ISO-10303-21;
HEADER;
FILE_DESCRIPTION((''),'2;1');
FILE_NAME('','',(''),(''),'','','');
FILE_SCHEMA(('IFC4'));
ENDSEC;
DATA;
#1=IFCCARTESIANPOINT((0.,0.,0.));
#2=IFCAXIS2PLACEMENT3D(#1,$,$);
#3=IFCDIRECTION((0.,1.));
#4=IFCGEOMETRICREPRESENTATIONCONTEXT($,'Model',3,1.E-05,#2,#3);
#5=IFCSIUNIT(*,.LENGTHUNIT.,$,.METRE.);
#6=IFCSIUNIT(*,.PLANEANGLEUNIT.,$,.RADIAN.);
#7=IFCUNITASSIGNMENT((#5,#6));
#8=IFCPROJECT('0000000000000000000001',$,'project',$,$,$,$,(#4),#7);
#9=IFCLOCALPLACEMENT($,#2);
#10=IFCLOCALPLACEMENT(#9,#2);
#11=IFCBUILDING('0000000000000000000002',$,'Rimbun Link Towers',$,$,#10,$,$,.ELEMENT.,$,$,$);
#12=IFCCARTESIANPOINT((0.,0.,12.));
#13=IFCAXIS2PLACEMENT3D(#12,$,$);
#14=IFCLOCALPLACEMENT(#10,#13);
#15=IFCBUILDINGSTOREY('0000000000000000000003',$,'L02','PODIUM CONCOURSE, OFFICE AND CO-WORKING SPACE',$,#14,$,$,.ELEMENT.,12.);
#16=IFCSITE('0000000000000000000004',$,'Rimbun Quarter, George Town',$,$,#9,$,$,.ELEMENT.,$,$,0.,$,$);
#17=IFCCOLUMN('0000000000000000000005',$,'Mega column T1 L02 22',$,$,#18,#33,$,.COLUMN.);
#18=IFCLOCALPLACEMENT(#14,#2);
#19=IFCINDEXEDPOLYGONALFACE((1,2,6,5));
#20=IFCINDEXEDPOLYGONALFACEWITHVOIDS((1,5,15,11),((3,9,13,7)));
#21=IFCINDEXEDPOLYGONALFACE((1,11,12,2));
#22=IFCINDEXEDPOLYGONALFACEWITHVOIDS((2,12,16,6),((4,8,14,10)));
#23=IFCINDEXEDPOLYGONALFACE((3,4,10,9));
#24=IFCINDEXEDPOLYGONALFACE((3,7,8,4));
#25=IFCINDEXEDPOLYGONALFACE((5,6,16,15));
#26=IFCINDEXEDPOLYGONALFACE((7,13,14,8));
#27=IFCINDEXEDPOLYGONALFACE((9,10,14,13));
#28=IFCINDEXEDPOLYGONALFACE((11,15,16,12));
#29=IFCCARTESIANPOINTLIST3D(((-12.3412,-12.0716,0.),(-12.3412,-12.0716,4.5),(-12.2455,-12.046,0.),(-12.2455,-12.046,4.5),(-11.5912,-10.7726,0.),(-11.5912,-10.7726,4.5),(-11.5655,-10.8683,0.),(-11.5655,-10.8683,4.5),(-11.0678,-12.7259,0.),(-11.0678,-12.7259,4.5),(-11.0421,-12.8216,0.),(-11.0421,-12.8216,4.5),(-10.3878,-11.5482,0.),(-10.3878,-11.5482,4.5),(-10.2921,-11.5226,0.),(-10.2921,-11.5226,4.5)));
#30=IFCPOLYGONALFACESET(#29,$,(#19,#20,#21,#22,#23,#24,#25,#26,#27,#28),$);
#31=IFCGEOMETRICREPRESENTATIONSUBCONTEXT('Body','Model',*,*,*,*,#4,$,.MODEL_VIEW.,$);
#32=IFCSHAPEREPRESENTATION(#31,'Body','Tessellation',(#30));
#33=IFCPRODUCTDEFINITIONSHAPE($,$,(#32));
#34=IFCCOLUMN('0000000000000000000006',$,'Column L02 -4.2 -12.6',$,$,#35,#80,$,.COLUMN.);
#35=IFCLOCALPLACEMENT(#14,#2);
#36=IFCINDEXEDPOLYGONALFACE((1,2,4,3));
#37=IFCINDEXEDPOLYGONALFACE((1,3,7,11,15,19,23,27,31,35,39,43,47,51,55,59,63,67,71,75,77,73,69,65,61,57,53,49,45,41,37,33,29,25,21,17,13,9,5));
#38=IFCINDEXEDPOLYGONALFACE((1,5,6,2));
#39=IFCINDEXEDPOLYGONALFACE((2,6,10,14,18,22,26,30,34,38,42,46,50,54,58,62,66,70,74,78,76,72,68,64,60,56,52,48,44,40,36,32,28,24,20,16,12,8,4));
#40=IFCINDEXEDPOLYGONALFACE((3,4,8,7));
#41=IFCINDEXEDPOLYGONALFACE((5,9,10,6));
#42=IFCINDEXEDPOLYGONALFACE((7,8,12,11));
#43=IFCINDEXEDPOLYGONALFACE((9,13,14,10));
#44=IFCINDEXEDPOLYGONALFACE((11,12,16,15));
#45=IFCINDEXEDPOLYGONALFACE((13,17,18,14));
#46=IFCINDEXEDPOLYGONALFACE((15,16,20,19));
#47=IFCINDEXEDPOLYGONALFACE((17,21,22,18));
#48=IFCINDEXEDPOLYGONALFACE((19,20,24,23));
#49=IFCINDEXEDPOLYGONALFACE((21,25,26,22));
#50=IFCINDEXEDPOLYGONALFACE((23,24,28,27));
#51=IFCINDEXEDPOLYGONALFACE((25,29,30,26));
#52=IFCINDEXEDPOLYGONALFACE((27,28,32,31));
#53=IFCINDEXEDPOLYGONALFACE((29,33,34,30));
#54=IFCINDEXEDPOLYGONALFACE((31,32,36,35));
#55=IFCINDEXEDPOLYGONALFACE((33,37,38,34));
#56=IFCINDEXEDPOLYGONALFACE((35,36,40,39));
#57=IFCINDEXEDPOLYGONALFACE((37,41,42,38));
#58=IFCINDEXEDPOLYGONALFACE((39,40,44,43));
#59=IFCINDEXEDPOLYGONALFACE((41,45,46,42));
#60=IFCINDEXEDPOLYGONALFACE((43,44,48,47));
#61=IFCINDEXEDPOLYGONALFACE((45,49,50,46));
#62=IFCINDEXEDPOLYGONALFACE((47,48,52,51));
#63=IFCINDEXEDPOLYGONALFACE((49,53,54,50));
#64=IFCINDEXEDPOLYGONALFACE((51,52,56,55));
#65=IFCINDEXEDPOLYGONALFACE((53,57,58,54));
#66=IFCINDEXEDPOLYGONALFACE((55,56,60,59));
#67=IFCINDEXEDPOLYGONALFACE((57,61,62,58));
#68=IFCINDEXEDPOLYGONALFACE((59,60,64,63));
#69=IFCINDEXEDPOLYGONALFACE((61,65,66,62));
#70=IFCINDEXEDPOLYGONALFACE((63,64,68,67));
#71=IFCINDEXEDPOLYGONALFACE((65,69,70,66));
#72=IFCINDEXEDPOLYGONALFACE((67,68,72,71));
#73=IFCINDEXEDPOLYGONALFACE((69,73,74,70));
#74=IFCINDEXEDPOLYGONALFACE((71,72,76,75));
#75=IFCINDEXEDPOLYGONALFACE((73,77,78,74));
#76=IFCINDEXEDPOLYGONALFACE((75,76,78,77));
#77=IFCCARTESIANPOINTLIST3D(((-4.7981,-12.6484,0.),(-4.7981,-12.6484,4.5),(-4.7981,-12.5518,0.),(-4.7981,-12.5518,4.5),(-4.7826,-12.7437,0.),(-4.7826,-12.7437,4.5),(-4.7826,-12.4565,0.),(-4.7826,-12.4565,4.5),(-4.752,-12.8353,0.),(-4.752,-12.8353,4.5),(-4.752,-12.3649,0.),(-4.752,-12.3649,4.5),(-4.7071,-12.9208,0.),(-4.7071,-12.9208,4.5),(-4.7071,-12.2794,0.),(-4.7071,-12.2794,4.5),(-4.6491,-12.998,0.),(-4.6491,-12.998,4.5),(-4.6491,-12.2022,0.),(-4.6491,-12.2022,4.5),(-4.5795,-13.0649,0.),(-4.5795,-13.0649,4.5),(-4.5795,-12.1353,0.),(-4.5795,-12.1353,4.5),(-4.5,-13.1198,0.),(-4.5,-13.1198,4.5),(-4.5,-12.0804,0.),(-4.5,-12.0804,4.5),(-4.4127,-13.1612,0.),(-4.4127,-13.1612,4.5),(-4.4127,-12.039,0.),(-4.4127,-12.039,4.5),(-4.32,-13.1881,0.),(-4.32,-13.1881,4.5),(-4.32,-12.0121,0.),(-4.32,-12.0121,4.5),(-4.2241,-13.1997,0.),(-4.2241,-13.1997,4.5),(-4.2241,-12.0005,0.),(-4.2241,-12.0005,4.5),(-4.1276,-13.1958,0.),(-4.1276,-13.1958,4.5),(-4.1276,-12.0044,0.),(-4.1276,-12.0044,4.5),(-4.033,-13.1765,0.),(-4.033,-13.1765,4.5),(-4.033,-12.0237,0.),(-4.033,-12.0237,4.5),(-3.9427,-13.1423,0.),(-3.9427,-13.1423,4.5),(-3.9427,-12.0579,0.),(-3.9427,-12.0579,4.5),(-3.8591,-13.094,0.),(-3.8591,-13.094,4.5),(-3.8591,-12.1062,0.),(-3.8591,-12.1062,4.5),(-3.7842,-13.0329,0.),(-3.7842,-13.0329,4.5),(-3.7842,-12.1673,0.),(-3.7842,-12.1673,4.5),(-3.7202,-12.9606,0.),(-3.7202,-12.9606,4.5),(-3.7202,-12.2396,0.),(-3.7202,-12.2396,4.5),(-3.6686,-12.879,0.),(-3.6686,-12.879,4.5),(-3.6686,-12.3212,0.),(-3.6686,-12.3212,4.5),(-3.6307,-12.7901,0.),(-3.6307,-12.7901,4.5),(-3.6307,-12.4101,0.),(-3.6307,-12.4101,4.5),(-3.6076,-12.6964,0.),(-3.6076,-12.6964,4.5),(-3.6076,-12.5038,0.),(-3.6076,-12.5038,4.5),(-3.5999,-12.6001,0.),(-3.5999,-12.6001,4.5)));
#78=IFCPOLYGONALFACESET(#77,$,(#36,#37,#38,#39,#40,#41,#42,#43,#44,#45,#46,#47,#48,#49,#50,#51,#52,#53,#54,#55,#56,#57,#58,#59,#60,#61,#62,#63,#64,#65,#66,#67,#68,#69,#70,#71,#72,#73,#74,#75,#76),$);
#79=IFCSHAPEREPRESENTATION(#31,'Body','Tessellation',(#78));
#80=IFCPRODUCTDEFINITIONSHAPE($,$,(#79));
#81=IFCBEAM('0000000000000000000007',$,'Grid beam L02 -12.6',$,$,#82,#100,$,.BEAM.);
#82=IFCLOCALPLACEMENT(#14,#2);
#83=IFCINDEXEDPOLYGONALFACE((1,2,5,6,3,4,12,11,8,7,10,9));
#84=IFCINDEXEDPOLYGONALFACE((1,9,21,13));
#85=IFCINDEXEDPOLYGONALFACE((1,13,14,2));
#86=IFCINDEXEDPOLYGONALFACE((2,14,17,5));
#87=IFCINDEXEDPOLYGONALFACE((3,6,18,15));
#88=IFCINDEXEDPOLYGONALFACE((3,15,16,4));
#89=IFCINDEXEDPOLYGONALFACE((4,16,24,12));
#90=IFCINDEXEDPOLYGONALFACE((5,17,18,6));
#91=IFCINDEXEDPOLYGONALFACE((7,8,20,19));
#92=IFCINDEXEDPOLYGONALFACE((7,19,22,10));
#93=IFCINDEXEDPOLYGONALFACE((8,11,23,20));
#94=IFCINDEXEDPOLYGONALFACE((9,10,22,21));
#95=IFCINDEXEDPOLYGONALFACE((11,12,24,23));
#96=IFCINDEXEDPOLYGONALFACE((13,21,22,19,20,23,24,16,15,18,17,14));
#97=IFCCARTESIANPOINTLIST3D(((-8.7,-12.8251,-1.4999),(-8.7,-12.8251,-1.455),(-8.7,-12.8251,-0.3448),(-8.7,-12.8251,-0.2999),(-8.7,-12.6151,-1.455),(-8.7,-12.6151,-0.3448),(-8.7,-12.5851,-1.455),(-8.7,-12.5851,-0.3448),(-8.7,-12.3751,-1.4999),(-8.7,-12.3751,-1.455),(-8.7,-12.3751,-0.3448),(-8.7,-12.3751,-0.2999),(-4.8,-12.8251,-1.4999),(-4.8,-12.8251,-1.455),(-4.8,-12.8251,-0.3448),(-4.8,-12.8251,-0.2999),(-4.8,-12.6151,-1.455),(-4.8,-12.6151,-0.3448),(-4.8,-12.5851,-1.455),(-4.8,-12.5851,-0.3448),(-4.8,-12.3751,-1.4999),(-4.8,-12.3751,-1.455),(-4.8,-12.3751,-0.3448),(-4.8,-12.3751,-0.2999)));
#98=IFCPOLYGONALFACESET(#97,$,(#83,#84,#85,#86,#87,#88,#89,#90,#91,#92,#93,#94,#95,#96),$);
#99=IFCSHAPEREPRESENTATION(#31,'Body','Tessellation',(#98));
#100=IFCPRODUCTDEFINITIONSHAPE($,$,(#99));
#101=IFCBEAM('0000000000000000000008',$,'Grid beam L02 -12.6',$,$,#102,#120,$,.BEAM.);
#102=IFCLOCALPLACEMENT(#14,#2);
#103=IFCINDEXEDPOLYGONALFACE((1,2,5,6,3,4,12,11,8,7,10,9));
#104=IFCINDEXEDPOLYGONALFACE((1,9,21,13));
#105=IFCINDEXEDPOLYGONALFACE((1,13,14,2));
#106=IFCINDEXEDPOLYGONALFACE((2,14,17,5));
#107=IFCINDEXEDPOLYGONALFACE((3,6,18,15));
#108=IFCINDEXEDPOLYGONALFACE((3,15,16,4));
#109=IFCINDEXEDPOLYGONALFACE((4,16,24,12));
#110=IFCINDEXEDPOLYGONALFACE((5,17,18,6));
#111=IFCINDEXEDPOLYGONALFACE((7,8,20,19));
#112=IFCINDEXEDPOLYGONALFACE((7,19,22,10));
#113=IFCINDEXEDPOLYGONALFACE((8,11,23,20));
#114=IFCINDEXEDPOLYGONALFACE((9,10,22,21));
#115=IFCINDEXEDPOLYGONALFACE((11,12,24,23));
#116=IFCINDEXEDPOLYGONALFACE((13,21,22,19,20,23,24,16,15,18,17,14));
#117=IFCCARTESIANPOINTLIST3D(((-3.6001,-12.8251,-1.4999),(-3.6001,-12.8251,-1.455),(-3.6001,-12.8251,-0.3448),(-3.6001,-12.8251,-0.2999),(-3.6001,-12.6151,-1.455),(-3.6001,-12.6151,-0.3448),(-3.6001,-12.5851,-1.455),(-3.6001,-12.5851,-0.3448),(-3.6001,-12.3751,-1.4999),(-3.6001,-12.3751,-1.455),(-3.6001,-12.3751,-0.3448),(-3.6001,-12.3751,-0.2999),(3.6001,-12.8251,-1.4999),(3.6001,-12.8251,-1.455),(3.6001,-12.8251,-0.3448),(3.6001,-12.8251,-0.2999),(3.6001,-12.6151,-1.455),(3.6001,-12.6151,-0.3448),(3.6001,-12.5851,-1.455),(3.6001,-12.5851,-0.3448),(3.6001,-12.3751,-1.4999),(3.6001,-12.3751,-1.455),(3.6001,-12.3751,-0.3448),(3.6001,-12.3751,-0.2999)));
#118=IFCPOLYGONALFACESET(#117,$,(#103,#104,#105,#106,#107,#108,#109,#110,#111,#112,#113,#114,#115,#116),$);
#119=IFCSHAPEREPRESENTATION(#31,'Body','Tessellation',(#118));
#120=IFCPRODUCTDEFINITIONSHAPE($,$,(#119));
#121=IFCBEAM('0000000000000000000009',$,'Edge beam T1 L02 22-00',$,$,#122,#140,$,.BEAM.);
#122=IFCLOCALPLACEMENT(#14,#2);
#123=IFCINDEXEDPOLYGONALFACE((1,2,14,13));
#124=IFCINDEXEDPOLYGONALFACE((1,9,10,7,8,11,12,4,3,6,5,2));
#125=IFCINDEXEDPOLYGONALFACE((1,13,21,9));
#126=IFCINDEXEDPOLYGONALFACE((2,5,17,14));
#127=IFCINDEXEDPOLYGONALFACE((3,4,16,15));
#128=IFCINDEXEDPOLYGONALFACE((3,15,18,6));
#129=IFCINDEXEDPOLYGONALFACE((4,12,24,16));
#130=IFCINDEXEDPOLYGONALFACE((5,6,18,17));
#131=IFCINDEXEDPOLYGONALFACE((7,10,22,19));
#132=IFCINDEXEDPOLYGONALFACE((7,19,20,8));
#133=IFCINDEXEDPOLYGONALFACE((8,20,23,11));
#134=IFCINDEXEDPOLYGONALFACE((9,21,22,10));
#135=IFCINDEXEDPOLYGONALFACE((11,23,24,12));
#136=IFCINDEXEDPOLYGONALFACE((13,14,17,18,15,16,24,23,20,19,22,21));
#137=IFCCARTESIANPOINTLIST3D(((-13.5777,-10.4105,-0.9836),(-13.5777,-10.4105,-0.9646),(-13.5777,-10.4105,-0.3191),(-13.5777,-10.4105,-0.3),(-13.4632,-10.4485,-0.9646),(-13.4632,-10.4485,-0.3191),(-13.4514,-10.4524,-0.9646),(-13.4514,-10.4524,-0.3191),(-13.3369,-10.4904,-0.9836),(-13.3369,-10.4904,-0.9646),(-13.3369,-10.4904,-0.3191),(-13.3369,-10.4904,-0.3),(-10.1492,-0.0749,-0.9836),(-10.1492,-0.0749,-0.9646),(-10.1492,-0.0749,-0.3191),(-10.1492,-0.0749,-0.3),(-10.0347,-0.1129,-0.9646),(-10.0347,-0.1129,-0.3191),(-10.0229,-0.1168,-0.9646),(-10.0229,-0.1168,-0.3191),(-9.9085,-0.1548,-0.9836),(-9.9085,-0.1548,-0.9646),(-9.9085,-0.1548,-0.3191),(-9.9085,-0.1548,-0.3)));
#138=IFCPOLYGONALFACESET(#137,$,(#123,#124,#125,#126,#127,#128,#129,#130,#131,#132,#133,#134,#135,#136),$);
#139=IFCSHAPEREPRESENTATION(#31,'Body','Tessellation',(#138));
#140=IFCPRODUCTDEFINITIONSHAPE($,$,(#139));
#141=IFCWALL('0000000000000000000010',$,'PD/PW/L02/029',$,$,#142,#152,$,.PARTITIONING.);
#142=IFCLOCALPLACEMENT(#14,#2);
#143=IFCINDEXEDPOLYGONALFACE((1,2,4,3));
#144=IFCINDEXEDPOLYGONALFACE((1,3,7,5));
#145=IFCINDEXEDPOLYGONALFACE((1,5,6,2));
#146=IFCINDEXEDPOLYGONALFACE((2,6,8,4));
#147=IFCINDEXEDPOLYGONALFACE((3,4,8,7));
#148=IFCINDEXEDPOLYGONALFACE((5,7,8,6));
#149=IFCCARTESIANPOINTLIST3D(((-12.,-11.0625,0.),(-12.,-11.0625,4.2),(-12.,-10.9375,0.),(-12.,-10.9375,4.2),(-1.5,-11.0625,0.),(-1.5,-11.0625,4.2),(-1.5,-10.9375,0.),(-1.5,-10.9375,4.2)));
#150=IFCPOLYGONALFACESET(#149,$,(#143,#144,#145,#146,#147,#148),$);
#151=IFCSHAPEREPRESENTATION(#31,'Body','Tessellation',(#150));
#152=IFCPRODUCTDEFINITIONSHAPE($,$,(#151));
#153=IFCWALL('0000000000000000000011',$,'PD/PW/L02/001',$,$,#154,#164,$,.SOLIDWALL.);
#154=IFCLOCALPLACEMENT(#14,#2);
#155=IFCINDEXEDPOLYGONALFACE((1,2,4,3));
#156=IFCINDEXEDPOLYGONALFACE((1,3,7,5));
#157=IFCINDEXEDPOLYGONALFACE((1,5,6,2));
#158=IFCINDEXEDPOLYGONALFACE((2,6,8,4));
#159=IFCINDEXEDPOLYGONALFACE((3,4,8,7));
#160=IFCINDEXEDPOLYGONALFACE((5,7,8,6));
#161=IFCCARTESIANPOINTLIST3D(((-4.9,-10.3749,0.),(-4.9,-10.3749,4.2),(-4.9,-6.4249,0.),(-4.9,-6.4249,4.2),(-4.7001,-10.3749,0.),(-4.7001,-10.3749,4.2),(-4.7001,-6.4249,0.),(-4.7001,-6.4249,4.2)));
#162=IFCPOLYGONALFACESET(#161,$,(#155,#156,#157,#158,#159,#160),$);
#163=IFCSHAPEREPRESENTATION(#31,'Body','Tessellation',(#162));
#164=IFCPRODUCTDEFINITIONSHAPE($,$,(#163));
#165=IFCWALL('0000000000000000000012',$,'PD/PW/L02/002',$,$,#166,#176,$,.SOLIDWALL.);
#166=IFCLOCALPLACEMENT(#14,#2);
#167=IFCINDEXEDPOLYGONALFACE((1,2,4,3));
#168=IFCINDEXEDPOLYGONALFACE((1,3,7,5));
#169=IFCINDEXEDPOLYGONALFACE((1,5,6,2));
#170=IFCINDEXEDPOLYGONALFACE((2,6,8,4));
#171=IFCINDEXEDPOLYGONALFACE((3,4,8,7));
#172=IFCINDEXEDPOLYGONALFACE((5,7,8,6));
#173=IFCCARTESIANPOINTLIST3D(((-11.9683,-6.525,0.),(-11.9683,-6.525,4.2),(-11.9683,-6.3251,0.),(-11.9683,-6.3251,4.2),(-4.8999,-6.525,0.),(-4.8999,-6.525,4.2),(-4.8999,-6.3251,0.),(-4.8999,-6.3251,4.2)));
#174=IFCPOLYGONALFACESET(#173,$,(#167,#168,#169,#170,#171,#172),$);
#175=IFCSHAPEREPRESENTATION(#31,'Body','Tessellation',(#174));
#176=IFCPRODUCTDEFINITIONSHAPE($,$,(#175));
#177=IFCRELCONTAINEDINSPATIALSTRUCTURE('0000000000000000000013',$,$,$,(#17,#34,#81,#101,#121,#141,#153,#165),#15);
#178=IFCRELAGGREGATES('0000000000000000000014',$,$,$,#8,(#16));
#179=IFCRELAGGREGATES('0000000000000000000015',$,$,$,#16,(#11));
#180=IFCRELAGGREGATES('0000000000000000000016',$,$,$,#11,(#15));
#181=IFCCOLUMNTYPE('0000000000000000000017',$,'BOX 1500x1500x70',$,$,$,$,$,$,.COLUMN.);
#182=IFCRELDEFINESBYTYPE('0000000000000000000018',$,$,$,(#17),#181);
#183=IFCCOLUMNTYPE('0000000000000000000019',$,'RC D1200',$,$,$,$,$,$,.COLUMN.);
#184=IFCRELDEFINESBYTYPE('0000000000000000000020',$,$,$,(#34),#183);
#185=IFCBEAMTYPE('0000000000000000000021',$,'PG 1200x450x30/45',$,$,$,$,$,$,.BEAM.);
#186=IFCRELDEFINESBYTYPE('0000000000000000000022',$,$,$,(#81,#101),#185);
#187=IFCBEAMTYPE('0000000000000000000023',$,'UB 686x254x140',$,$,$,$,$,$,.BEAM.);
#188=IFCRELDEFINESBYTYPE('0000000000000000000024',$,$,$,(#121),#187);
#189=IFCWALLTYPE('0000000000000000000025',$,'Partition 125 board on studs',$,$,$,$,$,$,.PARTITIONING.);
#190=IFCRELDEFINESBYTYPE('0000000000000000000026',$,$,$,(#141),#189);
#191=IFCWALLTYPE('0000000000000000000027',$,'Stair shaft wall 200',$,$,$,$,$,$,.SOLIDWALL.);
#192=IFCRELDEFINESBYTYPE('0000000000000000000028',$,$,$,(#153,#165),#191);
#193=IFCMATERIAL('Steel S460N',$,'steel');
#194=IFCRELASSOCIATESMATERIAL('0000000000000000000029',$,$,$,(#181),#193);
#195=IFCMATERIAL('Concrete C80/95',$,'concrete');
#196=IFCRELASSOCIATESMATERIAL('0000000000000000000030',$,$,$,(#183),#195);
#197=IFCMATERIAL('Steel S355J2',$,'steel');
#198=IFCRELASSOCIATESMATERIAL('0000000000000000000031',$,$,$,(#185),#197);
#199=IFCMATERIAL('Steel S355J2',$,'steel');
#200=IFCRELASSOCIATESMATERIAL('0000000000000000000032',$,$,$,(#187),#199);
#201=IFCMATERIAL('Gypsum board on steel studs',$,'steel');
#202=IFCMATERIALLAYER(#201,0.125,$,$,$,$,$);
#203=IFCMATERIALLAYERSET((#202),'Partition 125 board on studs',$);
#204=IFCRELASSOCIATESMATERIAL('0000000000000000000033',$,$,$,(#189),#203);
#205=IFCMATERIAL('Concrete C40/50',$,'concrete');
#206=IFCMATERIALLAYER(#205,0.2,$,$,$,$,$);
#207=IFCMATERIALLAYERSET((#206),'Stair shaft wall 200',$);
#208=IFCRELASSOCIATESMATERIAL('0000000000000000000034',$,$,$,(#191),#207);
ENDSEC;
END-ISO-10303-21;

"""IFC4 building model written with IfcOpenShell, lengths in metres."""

from ifc_helpers import new_model, si_unit, direction, frame, frame_2d, origin, origin_2d, place, context, subcontext, project, spatial, rectangle, hollow_rectangle, circle, i_section, extrude, material, layer, layer_set, material_profile, profile_set, type_object, element, save


model = new_model("IFC4")

# Units and contexts
model_context = context("Model", 3, precision=1e-05, world=origin(), true_north=direction((0.0, 1.0)))
body_context = subcontext(model_context, "Body", "Model", "MODEL_VIEW")
ifc_project = project(units=[si_unit("LENGTHUNIT", "METRE"), si_unit("PLANEANGLEUNIT", "RADIAN")], contexts=[model_context])

# Site, building, storey
site_placement = place(None, origin())
site = spatial("IfcSite", under=ifc_project, at=site_placement, Name="Rimbun Quarter, George Town", CompositionType="ELEMENT", RefElevation=0.0)
building_placement = place(site_placement, origin())
building = spatial("IfcBuilding", under=site, at=building_placement, Name="Rimbun Link Towers", CompositionType="ELEMENT")
storey_placement = place(building_placement, frame((0.0, 0.0, 12.0)))
storey = spatial("IfcBuildingStorey", under=building, at=storey_placement, Name="L02", Description="PODIUM CONCOURSE, OFFICE AND CO-WORKING SPACE", CompositionType="ELEMENT", Elevation=12.0)

# Columns
ifc_material_1 = material(Name="Steel S460N", Category="steel")
ifc_material_profile_1 = material_profile(ifc_material_1, hollow_rectangle(XDim=1.5, YDim=1.5, WallThickness=0.0701, at=origin_2d()), Name="BOX 1500x1500x70")
ifc_profile_set_1 = profile_set([ifc_material_profile_1], Name="Steel S460N")
column_type_1 = type_object("IfcColumnType", Name="BOX 1500x1500x70", PredefinedType="COLUMN", material=ifc_profile_set_1)
column_1_placement = place(storey_placement, frame((-11.3167, -11.7971, 0.0), z_axis=(0.0, 0.0, 1.0), x_axis=(0.866025, -0.5, 0.0)))
element("IfcColumn", 1, at=column_1_placement, inside=storey, type_object=column_type_1, Name="Mega column T1 L02 22", PredefinedType="COLUMN", context=body_context, shape_type="SweptSolid", body=[
    extrude(hollow_rectangle(XDim=1.5, YDim=1.5, WallThickness=0.0701, at=origin_2d()), origin(), (0.0, 0.0, 1.0), 4.5),
])
ifc_material_2 = material(Name="Concrete C80/95", Category="concrete")
ifc_material_profile_2 = material_profile(ifc_material_2, circle(Radius=0.6001, at=origin_2d()), Name="RC D1200")
ifc_profile_set_2 = profile_set([ifc_material_profile_2], Name="Concrete C80/95")
column_type_2 = type_object("IfcColumnType", Name="RC D1200", PredefinedType="COLUMN", material=ifc_profile_set_2)
column_2_placement = place(storey_placement, frame((-4.2, -12.6001, 0.0), z_axis=(0.0, 0.0, 1.0), x_axis=(1.0, 0.0, 0.0)))
element("IfcColumn", 2, at=column_2_placement, inside=storey, type_object=column_type_2, Name="Column L02 -4.2 -12.6", PredefinedType="COLUMN", context=body_context, shape_type="SweptSolid", body=[
    extrude(circle(Radius=0.6001, at=origin_2d()), origin(), (0.0, 0.0, 1.0), 4.5),
])

# Beams
ifc_material_3 = material(Name="Steel S355J2", Category="steel")
ifc_material_profile_3 = material_profile(ifc_material_3, i_section(OverallWidth=0.45, OverallDepth=1.2, WebThickness=0.03, FlangeThickness=0.0449, at=origin_2d()), Name="PG 1200x450x30/45")
ifc_profile_set_3 = profile_set([ifc_material_profile_3], Name="Steel S355J2")
beam_type_1 = type_object("IfcBeamType", Name="PG 1200x450x30/45", PredefinedType="BEAM", material=ifc_profile_set_3)
beam_1_placement = place(storey_placement, frame((-8.7, -12.6001, -0.8999), z_axis=(1.0, 0.0, 0.0), x_axis=(0.0, 1.0, 0.0)))
element("IfcBeam", 3, at=beam_1_placement, inside=storey, type_object=beam_type_1, Name="Grid beam L02 -12.6", PredefinedType="BEAM", context=body_context, shape_type="SweptSolid", body=[
    extrude(i_section(OverallWidth=0.45, OverallDepth=1.2, WebThickness=0.03, FlangeThickness=0.0449, at=origin_2d()), origin(), (0.0, 0.0, 1.0), 3.8999),
])
beam_2_placement = place(storey_placement, frame((-3.6001, -12.6001, -0.8999), z_axis=(1.0, 0.0, 0.0), x_axis=(0.0, 1.0, 0.0)))
element("IfcBeam", 4, at=beam_2_placement, inside=storey, type_object=beam_type_1, Name="Grid beam L02 -12.6", PredefinedType="BEAM", context=body_context, shape_type="SweptSolid", body=[
    extrude(i_section(OverallWidth=0.45, OverallDepth=1.2, WebThickness=0.03, FlangeThickness=0.0449, at=origin_2d()), origin(), (0.0, 0.0, 1.0), 7.2002),
])
ifc_material_4 = material(Name="Steel S355J2", Category="steel")
ifc_material_profile_4 = material_profile(ifc_material_4, i_section(OverallWidth=0.2537, OverallDepth=0.6836, WebThickness=0.0125, FlangeThickness=0.019, at=origin_2d()), Name="UB 686x254x140")
ifc_profile_set_4 = profile_set([ifc_material_profile_4], Name="Steel S355J2")
beam_type_2 = type_object("IfcBeamType", Name="UB 686x254x140", PredefinedType="BEAM", material=ifc_profile_set_4)
beam_3_placement = place(storey_placement, frame((-13.4573, -10.4504, -0.6418), z_axis=(0.314842, 0.949144, 0.0), x_axis=(-0.949144, 0.314842, 0.0)))
element("IfcBeam", 5, at=beam_3_placement, inside=storey, type_object=beam_type_2, Name="Edge beam T1 L02 22-00", PredefinedType="BEAM", context=body_context, shape_type="SweptSolid", body=[
    extrude(i_section(OverallWidth=0.2537, OverallDepth=0.6836, WebThickness=0.0125, FlangeThickness=0.019, at=origin_2d()), origin(), (0.0, 0.0, 1.0), 10.8894),
])

# Walls
ifc_material_5 = material(Name="Gypsum board on steel studs", Category="steel")
ifc_layer_1 = layer(ifc_material_5, 0.125)
ifc_layer_set_1 = layer_set([ifc_layer_1], Name="Partition 125 board on studs")
wall_type_1 = type_object("IfcWallType", Name="Partition 125 board on studs", PredefinedType="PARTITIONING", material=ifc_layer_set_1)
wall_1_placement = place(storey_placement, frame((-12.0, -11.0, 0.0), z_axis=(0.0, 0.0, 1.0), x_axis=(1.0, 0.0, 0.0)))
element("IfcWall", 6, at=wall_1_placement, inside=storey, type_object=wall_type_1, Name="PD/PW/L02/029", PredefinedType="PARTITIONING", context=body_context, shape_type="SweptSolid", body=[
    extrude(rectangle(XDim=10.5, YDim=0.125, at=frame_2d((5.25, 0.0))), origin(), (0.0, 0.0, 1.0), 4.2),
])
ifc_material_6 = material(Name="Concrete C40/50", Category="concrete")
ifc_layer_2 = layer(ifc_material_6, 0.2)
ifc_layer_set_2 = layer_set([ifc_layer_2], Name="Stair shaft wall 200")
wall_type_2 = type_object("IfcWallType", Name="Stair shaft wall 200", PredefinedType="SOLIDWALL", material=ifc_layer_set_2)
wall_2_placement = place(storey_placement, frame((-4.8, -10.375, 0.0), z_axis=(0.0, 0.0, 1.0), x_axis=(0.0, 1.0, 0.0)))
element("IfcWall", 7, at=wall_2_placement, inside=storey, type_object=wall_type_2, Name="PD/PW/L02/001", PredefinedType="SOLIDWALL", context=body_context, shape_type="SweptSolid", body=[
    extrude(rectangle(XDim=3.95, YDim=0.2, at=frame_2d((1.9751, 0.0))), origin(), (0.0, 0.0, 1.0), 4.2),
])
wall_3_placement = place(storey_placement, frame((-4.8999, -6.425, 0.0), z_axis=(0.0, 0.0, 1.0), x_axis=(-1.0, 0.0, 0.0)))
element("IfcWall", 8, at=wall_3_placement, inside=storey, type_object=wall_type_2, Name="PD/PW/L02/002", PredefinedType="SOLIDWALL", context=body_context, shape_type="SweptSolid", body=[
    extrude(rectangle(XDim=7.0684, YDim=0.2, at=frame_2d((3.5342, 0.0))), origin(), (0.0, 0.0, 1.0), 4.2),
])

save(model, "model.ifc")
